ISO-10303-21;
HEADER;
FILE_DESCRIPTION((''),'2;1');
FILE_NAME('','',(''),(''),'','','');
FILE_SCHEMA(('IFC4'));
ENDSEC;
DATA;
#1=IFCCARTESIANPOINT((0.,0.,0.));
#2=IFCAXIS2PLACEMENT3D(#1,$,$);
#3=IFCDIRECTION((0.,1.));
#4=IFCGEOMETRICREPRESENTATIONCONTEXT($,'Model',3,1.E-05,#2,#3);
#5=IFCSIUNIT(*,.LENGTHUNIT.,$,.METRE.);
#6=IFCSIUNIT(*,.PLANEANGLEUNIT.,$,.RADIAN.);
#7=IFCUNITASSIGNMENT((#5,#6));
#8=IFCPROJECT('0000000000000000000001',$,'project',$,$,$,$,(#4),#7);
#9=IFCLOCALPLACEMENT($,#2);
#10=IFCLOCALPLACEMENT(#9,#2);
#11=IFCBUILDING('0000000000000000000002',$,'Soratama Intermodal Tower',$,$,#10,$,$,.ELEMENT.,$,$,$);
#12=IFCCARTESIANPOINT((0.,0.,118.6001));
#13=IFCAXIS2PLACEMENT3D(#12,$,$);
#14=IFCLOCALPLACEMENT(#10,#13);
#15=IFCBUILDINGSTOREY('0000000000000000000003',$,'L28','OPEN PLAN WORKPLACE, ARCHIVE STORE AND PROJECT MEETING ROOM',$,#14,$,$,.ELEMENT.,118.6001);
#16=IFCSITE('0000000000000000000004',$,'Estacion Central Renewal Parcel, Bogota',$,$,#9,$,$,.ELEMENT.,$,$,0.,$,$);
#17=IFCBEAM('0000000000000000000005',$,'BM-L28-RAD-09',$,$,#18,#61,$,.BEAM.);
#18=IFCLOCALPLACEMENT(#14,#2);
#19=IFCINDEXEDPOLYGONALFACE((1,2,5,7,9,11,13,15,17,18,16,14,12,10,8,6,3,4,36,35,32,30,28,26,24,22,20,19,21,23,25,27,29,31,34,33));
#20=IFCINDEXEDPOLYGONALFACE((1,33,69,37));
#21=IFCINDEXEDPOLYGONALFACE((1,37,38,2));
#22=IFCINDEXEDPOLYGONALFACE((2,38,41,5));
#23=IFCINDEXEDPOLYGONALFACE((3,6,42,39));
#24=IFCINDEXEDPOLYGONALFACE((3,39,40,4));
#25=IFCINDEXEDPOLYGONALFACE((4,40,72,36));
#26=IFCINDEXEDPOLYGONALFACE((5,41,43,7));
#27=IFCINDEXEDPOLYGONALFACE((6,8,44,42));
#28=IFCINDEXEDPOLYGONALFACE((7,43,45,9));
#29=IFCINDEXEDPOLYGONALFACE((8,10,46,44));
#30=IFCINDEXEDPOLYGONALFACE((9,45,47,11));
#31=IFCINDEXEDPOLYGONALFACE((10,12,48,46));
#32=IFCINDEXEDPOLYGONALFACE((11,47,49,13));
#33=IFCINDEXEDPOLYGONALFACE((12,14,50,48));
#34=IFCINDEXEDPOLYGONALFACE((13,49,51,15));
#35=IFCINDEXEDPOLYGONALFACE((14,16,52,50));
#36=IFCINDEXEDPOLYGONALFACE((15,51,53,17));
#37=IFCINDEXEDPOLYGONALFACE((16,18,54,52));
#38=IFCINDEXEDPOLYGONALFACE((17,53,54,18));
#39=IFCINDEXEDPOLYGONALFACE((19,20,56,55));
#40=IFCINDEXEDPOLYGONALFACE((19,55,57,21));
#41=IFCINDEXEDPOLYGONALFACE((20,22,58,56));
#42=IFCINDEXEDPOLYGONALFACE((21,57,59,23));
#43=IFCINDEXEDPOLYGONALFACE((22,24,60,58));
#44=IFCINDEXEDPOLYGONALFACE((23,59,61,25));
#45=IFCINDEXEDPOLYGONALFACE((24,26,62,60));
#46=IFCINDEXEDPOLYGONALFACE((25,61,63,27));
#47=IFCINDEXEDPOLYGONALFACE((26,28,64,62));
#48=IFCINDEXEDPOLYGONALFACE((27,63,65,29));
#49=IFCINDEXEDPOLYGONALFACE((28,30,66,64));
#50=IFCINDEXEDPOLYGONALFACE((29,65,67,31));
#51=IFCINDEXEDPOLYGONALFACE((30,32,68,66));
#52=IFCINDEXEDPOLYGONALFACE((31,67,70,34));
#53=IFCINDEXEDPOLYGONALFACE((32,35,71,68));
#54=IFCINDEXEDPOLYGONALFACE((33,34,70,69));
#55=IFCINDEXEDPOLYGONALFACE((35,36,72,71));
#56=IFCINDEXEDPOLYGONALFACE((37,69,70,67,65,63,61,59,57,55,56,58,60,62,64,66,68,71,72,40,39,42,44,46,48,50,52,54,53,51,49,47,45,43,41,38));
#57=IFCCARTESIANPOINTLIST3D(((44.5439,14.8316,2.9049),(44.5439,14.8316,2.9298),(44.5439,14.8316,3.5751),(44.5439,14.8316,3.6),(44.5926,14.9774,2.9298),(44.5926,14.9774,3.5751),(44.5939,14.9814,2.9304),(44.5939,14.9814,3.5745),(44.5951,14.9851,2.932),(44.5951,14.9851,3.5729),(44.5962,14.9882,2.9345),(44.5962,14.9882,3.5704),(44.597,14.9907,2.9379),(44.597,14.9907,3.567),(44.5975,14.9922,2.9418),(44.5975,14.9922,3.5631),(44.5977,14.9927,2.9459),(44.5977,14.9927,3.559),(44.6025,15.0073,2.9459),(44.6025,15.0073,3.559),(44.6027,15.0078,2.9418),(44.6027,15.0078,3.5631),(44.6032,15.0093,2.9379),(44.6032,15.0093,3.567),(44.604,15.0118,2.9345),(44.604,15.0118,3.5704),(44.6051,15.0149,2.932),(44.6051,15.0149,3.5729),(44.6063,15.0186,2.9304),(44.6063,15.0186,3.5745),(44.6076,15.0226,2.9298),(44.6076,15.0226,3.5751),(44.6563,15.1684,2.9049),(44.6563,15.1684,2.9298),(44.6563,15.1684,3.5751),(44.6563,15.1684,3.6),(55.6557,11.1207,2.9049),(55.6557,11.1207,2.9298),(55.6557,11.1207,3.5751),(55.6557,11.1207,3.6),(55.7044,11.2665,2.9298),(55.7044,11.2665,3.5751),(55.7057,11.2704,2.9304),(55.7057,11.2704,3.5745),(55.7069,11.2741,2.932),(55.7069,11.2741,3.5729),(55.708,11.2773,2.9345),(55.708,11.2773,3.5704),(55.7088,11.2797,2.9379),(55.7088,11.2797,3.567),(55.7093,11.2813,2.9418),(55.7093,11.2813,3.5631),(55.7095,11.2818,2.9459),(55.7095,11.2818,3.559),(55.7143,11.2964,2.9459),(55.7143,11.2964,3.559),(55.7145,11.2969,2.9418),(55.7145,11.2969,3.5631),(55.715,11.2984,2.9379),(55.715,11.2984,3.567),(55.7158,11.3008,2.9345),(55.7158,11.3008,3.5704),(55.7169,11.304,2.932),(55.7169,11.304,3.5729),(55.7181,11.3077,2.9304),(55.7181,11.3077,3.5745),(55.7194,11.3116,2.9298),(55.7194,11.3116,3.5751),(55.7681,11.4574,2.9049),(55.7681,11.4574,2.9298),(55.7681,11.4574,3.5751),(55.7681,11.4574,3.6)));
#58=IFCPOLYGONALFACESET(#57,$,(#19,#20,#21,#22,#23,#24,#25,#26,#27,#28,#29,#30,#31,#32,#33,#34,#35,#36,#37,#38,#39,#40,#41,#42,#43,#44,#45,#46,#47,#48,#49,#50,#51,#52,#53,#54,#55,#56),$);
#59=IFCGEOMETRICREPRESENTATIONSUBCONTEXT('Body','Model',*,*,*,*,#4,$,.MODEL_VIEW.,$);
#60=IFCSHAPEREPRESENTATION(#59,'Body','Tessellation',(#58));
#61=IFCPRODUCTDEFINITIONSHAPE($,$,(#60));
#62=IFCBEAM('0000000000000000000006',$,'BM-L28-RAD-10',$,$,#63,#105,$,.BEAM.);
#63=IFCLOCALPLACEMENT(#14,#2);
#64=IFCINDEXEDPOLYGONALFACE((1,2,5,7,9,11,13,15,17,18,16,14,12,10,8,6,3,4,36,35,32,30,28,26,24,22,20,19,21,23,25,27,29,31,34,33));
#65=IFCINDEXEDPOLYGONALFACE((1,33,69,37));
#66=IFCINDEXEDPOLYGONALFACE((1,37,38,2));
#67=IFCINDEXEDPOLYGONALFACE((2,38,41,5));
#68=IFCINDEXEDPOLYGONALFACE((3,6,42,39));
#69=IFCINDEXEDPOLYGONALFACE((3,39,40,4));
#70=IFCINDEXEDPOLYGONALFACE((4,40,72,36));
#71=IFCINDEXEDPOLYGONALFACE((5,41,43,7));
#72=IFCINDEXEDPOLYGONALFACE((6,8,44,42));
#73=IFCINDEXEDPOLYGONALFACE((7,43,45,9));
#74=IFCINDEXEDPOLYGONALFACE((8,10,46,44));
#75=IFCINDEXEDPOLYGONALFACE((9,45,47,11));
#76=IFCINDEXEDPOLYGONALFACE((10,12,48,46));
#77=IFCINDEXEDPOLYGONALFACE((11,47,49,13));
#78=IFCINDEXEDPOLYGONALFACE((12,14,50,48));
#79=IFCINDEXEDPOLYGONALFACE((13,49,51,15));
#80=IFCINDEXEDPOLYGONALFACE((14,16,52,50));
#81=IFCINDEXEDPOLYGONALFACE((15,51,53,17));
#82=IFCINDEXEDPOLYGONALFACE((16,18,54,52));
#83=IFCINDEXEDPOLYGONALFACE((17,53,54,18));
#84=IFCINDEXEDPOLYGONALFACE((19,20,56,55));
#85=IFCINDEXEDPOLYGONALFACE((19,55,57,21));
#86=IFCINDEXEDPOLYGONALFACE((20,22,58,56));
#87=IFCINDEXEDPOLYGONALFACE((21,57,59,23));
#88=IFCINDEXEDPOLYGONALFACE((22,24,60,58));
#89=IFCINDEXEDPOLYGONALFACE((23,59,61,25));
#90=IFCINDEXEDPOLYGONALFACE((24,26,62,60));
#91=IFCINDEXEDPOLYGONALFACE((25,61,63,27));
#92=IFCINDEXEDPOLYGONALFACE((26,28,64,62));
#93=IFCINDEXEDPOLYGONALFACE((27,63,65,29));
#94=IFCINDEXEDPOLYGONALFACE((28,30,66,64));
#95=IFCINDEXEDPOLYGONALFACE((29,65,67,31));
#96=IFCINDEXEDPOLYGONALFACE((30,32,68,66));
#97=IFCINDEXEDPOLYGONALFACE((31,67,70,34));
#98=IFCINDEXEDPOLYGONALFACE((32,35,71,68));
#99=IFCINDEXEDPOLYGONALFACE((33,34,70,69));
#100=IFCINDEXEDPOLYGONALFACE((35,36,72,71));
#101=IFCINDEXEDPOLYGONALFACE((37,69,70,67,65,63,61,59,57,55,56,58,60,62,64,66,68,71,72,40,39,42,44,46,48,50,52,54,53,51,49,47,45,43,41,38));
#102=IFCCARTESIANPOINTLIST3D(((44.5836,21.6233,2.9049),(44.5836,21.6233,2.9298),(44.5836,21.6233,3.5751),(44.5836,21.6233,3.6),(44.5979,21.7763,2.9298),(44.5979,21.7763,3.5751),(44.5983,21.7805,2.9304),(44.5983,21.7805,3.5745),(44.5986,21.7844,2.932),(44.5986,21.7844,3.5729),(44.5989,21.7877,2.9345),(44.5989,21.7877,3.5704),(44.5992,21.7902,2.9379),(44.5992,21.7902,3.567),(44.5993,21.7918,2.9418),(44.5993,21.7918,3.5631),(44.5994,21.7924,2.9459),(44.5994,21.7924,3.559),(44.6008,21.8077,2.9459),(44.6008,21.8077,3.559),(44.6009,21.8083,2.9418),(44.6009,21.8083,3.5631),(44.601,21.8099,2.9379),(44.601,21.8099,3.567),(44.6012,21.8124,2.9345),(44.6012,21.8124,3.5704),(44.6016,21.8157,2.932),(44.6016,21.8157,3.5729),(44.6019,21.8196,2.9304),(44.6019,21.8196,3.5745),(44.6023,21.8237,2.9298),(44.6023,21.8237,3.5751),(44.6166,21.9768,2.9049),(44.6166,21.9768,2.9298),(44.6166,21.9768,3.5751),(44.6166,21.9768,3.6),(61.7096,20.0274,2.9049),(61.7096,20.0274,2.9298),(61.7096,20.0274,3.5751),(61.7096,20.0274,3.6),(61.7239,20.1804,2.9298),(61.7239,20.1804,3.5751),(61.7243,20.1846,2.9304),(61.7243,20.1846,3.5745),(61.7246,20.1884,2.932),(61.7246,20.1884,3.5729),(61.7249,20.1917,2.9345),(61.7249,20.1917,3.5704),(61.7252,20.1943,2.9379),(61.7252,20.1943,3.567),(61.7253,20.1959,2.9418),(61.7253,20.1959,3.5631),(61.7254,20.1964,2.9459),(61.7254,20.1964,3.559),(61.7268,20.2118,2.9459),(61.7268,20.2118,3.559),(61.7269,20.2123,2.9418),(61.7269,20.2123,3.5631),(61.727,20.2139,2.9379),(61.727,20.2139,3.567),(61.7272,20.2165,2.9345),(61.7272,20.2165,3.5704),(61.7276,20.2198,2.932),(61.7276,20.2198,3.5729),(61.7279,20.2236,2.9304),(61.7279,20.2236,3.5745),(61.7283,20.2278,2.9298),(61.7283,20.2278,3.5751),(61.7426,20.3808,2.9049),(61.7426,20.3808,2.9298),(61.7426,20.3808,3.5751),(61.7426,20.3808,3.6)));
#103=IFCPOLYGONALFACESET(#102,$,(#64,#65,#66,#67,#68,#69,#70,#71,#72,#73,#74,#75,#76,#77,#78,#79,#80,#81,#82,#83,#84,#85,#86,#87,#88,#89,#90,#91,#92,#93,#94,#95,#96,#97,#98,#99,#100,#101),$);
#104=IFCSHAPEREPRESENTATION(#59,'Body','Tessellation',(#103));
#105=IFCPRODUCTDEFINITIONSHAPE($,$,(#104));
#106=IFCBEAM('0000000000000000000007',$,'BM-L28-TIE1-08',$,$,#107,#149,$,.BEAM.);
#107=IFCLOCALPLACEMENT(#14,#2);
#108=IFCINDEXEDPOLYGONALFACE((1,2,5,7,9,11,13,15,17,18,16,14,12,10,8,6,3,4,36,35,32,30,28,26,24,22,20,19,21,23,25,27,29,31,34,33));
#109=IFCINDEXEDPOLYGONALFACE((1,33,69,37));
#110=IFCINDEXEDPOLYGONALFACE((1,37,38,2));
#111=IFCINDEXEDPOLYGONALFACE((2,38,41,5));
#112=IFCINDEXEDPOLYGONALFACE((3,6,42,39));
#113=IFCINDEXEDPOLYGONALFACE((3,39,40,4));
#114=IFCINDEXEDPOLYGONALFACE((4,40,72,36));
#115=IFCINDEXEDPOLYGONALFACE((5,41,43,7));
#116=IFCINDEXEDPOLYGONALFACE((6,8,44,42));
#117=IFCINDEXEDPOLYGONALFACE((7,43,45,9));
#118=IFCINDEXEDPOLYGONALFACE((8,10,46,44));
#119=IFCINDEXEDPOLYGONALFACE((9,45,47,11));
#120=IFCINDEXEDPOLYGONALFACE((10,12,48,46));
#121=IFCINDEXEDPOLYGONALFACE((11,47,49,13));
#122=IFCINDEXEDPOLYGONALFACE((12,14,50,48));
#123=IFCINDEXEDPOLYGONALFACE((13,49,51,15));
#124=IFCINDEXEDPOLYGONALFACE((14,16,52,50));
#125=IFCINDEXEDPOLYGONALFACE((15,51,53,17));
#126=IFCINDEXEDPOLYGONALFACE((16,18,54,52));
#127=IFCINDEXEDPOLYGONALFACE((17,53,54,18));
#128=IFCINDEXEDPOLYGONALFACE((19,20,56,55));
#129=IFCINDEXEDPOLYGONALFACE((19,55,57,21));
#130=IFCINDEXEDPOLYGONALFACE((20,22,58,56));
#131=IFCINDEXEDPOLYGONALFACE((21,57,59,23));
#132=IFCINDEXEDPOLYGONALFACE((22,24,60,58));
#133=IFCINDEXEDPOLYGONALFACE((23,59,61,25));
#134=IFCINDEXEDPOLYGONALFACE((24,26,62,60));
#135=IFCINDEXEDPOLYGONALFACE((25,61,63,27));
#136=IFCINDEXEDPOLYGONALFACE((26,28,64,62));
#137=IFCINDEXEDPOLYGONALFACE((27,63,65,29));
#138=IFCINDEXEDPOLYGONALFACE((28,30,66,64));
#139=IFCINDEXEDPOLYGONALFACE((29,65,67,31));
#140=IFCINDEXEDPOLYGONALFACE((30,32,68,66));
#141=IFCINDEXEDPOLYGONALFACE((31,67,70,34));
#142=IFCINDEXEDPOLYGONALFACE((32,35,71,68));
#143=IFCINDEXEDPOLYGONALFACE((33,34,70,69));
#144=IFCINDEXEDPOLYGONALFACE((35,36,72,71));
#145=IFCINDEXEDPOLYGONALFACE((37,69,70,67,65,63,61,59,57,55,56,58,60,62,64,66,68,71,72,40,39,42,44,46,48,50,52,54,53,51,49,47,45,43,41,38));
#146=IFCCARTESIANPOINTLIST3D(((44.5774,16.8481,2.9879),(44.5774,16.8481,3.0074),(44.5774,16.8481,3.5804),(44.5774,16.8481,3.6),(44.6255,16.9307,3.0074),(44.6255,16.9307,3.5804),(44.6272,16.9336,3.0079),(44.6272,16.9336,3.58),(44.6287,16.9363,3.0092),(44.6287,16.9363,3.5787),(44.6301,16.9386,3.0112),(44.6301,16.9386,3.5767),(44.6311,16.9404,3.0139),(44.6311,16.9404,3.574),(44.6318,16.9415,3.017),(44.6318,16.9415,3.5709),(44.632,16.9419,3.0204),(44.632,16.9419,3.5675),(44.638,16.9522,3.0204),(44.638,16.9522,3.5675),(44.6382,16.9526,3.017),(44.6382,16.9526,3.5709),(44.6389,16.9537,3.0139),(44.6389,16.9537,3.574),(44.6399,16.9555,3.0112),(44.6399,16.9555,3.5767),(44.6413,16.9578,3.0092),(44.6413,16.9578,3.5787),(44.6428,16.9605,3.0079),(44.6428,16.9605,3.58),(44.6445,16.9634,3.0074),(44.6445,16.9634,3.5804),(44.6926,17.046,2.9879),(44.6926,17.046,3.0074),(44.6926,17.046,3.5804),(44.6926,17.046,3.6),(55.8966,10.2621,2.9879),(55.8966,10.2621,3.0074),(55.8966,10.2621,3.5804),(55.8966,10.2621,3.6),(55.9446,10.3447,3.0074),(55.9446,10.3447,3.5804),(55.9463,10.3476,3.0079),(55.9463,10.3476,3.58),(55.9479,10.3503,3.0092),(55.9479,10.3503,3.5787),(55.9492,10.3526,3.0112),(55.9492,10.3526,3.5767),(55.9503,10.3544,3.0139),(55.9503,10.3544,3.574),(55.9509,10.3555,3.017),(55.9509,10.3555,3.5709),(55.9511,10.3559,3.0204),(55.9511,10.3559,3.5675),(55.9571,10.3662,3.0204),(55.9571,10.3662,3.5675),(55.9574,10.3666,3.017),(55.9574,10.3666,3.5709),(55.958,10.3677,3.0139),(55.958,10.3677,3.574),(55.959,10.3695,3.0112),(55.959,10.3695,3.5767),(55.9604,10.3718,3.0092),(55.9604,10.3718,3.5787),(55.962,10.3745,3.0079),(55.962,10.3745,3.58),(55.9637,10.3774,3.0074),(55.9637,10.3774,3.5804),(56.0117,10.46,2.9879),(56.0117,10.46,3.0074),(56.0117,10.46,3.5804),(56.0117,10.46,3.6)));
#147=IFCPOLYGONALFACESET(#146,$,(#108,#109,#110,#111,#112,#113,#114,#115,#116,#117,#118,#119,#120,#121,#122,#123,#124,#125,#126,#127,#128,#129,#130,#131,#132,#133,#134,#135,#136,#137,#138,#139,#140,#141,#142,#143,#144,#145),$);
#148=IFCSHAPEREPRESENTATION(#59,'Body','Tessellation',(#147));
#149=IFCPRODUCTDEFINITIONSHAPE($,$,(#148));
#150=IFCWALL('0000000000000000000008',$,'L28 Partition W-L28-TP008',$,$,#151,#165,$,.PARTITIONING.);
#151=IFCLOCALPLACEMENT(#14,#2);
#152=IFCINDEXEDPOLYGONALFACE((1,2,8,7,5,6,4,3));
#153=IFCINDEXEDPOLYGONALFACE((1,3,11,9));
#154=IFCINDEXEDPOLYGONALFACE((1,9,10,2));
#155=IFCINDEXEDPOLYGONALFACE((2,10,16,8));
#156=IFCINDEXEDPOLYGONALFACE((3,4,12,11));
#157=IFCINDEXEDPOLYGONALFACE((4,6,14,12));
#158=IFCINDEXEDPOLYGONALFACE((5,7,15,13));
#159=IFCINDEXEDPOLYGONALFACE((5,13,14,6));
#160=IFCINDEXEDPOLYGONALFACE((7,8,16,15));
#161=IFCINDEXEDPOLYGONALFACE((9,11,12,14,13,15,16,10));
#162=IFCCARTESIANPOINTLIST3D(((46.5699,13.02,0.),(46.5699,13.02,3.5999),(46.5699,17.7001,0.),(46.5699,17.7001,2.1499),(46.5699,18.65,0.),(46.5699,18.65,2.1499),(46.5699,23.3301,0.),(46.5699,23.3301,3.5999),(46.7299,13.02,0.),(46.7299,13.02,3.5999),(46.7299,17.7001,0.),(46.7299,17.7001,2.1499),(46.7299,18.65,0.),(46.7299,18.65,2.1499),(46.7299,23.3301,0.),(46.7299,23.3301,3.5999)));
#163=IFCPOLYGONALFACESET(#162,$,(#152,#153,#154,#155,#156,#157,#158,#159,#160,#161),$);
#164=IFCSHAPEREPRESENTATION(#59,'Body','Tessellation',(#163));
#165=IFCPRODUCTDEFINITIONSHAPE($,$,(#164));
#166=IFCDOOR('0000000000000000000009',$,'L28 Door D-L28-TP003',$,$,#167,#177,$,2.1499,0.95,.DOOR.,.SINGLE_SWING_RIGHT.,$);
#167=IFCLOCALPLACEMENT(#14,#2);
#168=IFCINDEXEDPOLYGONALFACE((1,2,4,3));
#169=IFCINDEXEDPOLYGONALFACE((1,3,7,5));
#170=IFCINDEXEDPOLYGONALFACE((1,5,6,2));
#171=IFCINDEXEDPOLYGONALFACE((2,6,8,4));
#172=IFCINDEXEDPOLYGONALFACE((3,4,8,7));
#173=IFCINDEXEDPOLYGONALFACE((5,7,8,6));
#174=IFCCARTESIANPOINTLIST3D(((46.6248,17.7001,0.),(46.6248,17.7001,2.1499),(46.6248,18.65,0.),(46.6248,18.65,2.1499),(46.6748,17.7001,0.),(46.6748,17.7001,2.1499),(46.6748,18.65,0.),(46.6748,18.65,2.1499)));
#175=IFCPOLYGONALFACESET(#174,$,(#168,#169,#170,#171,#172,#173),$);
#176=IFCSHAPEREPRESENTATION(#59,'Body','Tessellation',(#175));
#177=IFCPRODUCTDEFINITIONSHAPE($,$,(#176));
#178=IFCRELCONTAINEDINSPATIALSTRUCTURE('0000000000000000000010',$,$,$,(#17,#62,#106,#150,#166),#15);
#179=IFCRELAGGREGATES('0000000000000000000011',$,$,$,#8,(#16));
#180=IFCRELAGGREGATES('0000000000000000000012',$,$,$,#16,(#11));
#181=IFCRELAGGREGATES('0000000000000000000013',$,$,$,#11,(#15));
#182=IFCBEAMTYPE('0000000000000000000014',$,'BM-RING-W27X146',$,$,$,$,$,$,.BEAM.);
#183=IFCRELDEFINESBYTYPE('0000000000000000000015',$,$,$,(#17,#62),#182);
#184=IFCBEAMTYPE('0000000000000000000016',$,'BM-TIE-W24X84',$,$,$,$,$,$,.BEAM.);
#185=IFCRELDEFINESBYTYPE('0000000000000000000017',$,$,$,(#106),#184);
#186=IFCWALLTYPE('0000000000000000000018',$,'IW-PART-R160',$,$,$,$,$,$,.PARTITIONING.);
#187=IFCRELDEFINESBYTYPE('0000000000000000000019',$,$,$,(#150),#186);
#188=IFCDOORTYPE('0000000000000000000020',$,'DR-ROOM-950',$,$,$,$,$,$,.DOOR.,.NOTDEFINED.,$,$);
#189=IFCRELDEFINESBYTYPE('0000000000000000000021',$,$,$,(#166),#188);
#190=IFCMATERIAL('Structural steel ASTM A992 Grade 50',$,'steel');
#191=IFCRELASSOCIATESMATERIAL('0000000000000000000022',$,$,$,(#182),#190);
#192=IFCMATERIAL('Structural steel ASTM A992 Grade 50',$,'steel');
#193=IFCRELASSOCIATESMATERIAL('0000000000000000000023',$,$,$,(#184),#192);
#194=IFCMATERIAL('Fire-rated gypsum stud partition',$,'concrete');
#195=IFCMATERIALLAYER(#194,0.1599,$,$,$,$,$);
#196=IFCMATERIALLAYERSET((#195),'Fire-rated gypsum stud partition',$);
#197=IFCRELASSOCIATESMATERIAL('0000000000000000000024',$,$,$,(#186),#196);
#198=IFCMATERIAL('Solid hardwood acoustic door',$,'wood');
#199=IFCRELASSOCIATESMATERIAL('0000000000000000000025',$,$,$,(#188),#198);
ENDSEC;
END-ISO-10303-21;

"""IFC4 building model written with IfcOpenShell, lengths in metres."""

from ifc_helpers import new_model, si_unit, direction, frame, frame_2d, origin, origin_2d, place, context, subcontext, project, spatial, rectangle, i_section, extrude, material, layer, layer_set, material_profile, profile_set, type_object, element, fill, save


model = new_model("IFC4")

# Units and contexts
model_context = context("Model", 3, precision=1e-05, world=origin(), true_north=direction((0.0, 1.0)))
body_context = subcontext(model_context, "Body", "Model", "MODEL_VIEW")
ifc_project = project(units=[si_unit("LENGTHUNIT", "METRE"), si_unit("PLANEANGLEUNIT", "RADIAN")], contexts=[model_context])

# Site, building, storey
site_placement = place(None, origin())
site = spatial("IfcSite", under=ifc_project, at=site_placement, Name="Estacion Central Renewal Parcel, Bogota", CompositionType="ELEMENT", RefElevation=0.0)
building_placement = place(site_placement, origin())
building = spatial("IfcBuilding", under=site, at=building_placement, Name="Soratama Intermodal Tower", CompositionType="ELEMENT")
storey_placement = place(building_placement, frame((0.0, 0.0, 118.6001)))
storey = spatial("IfcBuildingStorey", under=building, at=storey_placement, Name="L28", Description="OPEN PLAN WORKPLACE, ARCHIVE STORE AND PROJECT MEETING ROOM", CompositionType="ELEMENT", Elevation=118.6001)

# Beams
ifc_material_1 = material(Name="Structural steel ASTM A992 Grade 50", Category="steel")
ifc_material_profile_1 = material_profile(ifc_material_1, i_section(OverallWidth=0.355, OverallDepth=0.6951, WebThickness=0.0154, FlangeThickness=0.0249, FilletRadius=0.0161, at=origin_2d()), Name="W27X146")
ifc_profile_set_1 = profile_set([ifc_material_profile_1], Name="Structural steel ASTM A992 Grade 50")
beam_type_1 = type_object("IfcBeamType", Name="BM-RING-W27X146", PredefinedType="BEAM", material=ifc_profile_set_1)
beam_1_placement = place(storey_placement, frame((44.6001, 15.0, 3.2524), z_axis=(0.948504, -0.316765, 0.0), x_axis=(0.316765, 0.948504, 0.0)))
element("IfcBeam", 1, at=beam_1_placement, inside=storey, type_object=beam_type_1, Name="BM-L28-RAD-09", PredefinedType="BEAM", context=body_context, shape_type="SweptSolid", body=[
    extrude(i_section(OverallWidth=0.355, OverallDepth=0.6951, WebThickness=0.0154, FlangeThickness=0.0249, FilletRadius=0.0161, at=origin_2d()), origin(), (0.0, 0.0, 1.0), 11.7151),
])
beam_2_placement = place(storey_placement, frame((44.6001, 21.8, 3.2524), z_axis=(0.995686, -0.092787, 0.0), x_axis=(0.092787, 0.995686, 0.0)))
element("IfcBeam", 2, at=beam_2_placement, inside=storey, type_object=beam_type_1, Name="BM-L28-RAD-10", PredefinedType="BEAM", context=body_context, shape_type="SweptSolid", body=[
    extrude(i_section(OverallWidth=0.355, OverallDepth=0.6951, WebThickness=0.0154, FlangeThickness=0.0249, FilletRadius=0.0161, at=origin_2d()), origin(), (0.0, 0.0, 1.0), 17.2002),
])
ifc_material_2 = material(Name="Structural steel ASTM A992 Grade 50", Category="steel")
ifc_material_profile_2 = material_profile(ifc_material_2, i_section(OverallWidth=0.229, OverallDepth=0.6121, WebThickness=0.012, FlangeThickness=0.0195, FilletRadius=0.0129, at=origin_2d()), Name="W24X84")
ifc_profile_set_2 = profile_set([ifc_material_profile_2], Name="Structural steel ASTM A992 Grade 50")
beam_type_2 = type_object("IfcBeamType", Name="BM-TIE-W24X84", PredefinedType="BEAM", material=ifc_profile_set_2)
beam_3_placement = place(storey_placement, frame((44.635, 16.947, 3.2939), z_axis=(0.864339, -0.50291, 0.0), x_axis=(0.50291, 0.864339, 0.0)))
element("IfcBeam", 3, at=beam_3_placement, inside=storey, type_object=beam_type_2, Name="BM-L28-TIE1-08", PredefinedType="BEAM", context=body_context, shape_type="SweptSolid", body=[
    extrude(i_section(OverallWidth=0.229, OverallDepth=0.6121, WebThickness=0.012, FlangeThickness=0.0195, FilletRadius=0.0129, at=origin_2d()), origin(), (0.0, 0.0, 1.0), 13.0957),
])

# Wall, opening, door
ifc_material_3 = material(Name="Fire-rated gypsum stud partition", Category="concrete")
ifc_layer_1 = layer(ifc_material_3, 0.1599)
ifc_layer_set_1 = layer_set([ifc_layer_1], Name="Fire-rated gypsum stud partition")
wall_type_1 = type_object("IfcWallType", Name="IW-PART-R160", PredefinedType="PARTITIONING", material=ifc_layer_set_1)
wall_1_placement = place(storey_placement, frame((46.6499, 23.3301, 0.0), z_axis=(0.0, 0.0, 1.0), x_axis=(0.0, -1.0, 0.0)))
wall_1 = element("IfcWall", 4, at=wall_1_placement, inside=storey, type_object=wall_type_1, Name="L28 Partition W-L28-TP008", PredefinedType="PARTITIONING", context=body_context, shape_type="SweptSolid", body=[
    extrude(rectangle(XDim=10.3101, YDim=0.1599, at=frame_2d((5.155, 0.0))), origin(), (0.0, 0.0, 1.0), 3.5999),
])
opening_1_placement = place(wall_1_placement, frame((4.6799, 0.0, 0.0)))
opening_1 = element("IfcOpeningElement", 5, at=opening_1_placement, cuts=wall_1, PredefinedType="OPENING", context=body_context, shape_type="SweptSolid", body=[
    extrude(rectangle(XDim=0.95, YDim=2.1499, at=frame_2d((0.4751, 1.075))), frame((0.0, 0.0898, 0.0), z_axis=(0.0, -1.0, 0.0), x_axis=(1.0, 0.0, 0.0)), (0.0, 0.0, 1.0), 0.1799),
])
ifc_material_4 = material(Name="Solid hardwood acoustic door", Category="wood")
door_type_1 = type_object("IfcDoorType", Name="DR-ROOM-950", OperationType="NOTDEFINED", PredefinedType="DOOR", material=ifc_material_4)
door_1_placement = place(opening_1_placement, origin())
door_1 = element("IfcDoor", 6, at=door_1_placement, inside=storey, type_object=door_type_1, Name="L28 Door D-L28-TP003", OperationType="SINGLE_SWING_RIGHT", OverallHeight=2.1499, OverallWidth=0.95, PredefinedType="DOOR", context=body_context, shape_type="SweptSolid", body=[
    extrude(rectangle(XDim=0.95, YDim=2.1499, at=frame_2d((0.4751, 1.075))), frame((0.0, 0.0249, 0.0), z_axis=(0.0, -1.0, 0.0), x_axis=(1.0, 0.0, 0.0)), (0.0, 0.0, 1.0), 0.05),
])
fill(opening_1, door_1)

save(model, "model.ifc")
